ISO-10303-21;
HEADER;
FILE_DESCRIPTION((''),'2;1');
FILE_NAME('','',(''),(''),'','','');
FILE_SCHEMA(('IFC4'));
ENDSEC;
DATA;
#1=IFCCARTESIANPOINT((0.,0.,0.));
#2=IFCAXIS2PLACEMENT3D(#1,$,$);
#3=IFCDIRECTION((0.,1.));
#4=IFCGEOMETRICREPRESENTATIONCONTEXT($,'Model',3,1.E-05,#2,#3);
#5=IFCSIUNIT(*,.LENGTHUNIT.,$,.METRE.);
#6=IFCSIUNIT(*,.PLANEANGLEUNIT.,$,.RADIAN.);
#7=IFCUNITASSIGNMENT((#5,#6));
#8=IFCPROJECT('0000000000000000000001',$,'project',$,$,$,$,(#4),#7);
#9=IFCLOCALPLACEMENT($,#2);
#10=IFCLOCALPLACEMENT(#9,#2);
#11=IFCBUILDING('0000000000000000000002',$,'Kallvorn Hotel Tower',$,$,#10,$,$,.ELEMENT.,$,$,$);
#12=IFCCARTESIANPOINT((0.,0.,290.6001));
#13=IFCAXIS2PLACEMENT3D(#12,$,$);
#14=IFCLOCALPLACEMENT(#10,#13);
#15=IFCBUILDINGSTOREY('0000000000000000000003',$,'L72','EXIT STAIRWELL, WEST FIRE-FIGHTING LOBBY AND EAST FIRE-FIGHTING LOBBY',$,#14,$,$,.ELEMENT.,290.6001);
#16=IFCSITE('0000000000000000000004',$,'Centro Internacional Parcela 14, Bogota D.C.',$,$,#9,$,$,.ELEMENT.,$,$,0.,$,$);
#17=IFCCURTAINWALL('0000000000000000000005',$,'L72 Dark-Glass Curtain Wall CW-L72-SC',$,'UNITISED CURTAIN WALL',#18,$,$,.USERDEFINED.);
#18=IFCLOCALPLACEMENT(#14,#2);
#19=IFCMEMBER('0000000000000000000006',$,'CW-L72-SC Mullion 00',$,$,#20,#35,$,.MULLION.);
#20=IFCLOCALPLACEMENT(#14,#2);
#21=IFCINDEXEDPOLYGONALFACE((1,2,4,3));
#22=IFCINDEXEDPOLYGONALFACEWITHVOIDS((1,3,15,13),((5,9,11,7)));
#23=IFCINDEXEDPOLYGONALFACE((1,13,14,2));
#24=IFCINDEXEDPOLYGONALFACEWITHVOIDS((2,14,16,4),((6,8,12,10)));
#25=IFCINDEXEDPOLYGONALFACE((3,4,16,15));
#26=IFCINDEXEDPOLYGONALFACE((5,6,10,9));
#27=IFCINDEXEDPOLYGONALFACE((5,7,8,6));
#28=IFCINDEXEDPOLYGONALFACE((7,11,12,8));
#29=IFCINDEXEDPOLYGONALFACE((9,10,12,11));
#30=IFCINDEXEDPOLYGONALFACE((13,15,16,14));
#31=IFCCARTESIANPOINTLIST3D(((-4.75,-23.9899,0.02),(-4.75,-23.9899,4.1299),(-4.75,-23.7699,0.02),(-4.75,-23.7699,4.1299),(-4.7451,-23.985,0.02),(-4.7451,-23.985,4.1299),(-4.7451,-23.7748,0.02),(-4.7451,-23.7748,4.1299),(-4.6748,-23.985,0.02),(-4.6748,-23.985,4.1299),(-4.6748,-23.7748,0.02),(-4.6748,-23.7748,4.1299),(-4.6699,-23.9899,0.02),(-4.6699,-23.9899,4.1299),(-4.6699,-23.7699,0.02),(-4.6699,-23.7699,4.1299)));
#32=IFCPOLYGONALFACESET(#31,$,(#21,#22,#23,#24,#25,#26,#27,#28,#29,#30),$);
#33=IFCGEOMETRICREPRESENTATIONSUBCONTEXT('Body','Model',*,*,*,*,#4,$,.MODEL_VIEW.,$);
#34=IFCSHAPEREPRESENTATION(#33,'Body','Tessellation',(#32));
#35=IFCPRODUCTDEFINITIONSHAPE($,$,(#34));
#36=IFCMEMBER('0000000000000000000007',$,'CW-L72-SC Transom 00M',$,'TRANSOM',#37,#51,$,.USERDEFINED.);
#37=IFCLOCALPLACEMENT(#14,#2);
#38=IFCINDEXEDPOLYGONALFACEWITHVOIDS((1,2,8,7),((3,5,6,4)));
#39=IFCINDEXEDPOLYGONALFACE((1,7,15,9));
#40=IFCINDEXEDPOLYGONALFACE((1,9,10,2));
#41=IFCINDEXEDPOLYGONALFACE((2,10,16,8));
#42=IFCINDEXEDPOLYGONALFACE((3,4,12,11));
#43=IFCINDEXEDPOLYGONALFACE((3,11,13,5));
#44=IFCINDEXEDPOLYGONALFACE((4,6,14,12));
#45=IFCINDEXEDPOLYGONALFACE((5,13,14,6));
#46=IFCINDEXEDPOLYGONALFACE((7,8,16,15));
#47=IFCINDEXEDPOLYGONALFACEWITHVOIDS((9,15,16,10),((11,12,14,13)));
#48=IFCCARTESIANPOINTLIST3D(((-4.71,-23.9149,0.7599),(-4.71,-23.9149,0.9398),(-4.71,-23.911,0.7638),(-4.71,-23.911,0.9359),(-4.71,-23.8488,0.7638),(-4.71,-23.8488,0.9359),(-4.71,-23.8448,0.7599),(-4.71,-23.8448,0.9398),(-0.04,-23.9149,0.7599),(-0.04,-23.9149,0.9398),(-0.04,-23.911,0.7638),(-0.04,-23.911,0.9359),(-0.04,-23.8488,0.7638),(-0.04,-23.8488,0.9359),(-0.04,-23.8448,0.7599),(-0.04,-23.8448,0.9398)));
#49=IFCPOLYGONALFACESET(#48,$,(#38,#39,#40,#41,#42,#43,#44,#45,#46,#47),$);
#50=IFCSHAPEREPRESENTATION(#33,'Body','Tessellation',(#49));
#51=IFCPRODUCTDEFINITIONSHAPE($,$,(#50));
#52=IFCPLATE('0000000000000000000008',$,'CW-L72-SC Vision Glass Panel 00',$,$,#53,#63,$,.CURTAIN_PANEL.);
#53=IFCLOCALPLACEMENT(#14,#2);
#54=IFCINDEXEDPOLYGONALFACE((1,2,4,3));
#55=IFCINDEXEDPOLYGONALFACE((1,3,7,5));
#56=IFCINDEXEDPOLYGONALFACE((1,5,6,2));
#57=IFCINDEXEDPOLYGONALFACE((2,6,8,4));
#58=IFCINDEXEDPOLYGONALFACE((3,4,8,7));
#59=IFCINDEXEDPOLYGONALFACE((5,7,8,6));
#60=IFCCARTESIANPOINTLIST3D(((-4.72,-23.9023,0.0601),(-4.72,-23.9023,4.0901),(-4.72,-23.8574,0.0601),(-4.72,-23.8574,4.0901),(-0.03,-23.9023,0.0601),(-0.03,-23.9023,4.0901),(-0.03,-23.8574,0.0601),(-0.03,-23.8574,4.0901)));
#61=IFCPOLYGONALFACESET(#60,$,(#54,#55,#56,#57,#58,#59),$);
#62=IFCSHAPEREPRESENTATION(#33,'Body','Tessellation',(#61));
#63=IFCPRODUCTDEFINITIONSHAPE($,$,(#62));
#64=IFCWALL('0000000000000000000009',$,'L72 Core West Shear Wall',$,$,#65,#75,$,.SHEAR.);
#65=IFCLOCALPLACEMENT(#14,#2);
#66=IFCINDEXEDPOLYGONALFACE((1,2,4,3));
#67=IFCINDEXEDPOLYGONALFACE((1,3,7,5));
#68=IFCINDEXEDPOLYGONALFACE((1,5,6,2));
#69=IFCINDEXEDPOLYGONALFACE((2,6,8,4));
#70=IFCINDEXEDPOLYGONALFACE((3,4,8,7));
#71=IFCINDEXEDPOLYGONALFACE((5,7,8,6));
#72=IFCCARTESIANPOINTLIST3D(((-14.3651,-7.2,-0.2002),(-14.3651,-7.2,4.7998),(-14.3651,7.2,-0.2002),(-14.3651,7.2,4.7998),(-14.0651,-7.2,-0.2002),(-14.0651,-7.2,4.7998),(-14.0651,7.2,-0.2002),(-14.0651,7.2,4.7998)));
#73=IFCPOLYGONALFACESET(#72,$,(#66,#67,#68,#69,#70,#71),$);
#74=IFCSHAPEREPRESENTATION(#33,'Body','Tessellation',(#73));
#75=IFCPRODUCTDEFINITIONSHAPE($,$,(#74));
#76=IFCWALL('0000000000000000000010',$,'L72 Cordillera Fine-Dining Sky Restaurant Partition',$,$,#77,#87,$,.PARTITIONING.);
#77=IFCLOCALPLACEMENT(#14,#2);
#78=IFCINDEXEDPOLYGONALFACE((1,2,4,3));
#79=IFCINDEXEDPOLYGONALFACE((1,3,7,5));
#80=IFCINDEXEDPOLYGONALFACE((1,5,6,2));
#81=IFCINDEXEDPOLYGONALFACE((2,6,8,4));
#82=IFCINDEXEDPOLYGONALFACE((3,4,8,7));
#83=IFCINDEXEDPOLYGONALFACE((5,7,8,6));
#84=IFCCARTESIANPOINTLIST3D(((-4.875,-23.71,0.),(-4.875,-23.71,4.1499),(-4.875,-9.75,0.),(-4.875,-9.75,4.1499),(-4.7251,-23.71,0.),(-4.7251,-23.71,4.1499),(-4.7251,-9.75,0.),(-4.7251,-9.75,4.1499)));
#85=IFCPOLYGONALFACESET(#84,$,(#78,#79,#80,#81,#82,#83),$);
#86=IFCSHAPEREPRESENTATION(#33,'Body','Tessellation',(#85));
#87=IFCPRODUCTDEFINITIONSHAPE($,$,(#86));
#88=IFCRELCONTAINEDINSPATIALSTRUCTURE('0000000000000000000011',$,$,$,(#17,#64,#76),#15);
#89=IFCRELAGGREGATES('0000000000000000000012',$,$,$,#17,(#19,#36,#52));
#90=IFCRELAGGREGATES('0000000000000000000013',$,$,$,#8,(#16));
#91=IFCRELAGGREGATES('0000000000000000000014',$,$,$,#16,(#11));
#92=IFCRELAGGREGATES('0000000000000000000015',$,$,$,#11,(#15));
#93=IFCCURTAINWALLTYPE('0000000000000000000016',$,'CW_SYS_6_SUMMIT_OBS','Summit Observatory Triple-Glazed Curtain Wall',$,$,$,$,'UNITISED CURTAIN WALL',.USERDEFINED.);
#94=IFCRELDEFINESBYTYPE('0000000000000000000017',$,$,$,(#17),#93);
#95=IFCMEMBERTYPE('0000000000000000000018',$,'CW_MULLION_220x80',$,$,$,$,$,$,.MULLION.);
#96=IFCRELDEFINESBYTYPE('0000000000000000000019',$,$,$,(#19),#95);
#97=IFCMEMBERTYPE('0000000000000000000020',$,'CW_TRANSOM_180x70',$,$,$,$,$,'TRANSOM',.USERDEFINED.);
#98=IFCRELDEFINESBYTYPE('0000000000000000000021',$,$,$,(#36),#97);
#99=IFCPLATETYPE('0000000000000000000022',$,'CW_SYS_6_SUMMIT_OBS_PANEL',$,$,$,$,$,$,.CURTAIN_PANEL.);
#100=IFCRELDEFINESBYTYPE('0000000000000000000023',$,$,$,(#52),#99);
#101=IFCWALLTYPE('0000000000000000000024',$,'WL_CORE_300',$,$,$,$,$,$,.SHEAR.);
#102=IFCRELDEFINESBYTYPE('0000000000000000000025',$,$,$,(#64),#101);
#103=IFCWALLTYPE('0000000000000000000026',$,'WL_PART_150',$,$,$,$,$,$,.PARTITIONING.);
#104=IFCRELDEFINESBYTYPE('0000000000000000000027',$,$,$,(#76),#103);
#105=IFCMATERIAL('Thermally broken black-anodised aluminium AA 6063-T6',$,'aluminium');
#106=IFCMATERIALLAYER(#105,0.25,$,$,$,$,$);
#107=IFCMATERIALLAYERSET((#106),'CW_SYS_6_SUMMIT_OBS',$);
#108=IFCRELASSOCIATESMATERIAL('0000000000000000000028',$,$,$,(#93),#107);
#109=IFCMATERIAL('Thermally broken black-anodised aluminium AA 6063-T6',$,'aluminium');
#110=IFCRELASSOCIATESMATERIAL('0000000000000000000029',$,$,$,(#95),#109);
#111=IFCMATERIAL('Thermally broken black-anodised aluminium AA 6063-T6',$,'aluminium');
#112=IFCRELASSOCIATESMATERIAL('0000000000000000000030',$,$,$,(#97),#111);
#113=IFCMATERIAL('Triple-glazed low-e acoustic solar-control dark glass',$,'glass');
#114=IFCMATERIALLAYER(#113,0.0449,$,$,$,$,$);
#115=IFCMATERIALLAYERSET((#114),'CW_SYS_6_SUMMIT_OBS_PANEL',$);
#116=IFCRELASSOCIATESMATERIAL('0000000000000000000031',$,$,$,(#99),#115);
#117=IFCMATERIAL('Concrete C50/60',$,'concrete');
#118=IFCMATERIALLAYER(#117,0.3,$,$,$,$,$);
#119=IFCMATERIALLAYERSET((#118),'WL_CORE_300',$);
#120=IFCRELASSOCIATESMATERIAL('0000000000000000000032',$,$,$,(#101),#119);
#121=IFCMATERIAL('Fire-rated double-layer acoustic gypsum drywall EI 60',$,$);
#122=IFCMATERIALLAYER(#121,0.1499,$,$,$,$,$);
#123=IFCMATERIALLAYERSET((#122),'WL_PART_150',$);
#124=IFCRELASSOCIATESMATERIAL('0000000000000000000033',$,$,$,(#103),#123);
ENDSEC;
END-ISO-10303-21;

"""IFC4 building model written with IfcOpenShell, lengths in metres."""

from ifc_helpers import new_model, si_unit, direction, frame, frame_2d, origin, origin_2d, place, context, subcontext, project, spatial, rectangle, hollow_rectangle, extrude, material, layer, layer_set, material_profile, profile_set, type_object, element, aggregate, save


model = new_model("IFC4")

# Units and contexts
model_context = context("Model", 3, precision=1e-05, world=origin(), true_north=direction((0.0, 1.0)))
body_context = subcontext(model_context, "Body", "Model", "MODEL_VIEW")
ifc_project = project(units=[si_unit("LENGTHUNIT", "METRE"), si_unit("PLANEANGLEUNIT", "RADIAN")], contexts=[model_context])

# Site, building, storey
site_placement = place(None, origin())
site = spatial("IfcSite", under=ifc_project, at=site_placement, Name="Centro Internacional Parcela 14, Bogota D.C.", CompositionType="ELEMENT", RefElevation=0.0)
building_placement = place(site_placement, origin())
building = spatial("IfcBuilding", under=site, at=building_placement, Name="Kallvorn Hotel Tower", CompositionType="ELEMENT")
storey_placement = place(building_placement, frame((0.0, 0.0, 290.6001)))
storey = spatial("IfcBuildingStorey", under=building, at=storey_placement, Name="L72", Description="EXIT STAIRWELL, WEST FIRE-FIGHTING LOBBY AND EAST FIRE-FIGHTING LOBBY", CompositionType="ELEMENT", Elevation=290.6001)

# Curtain wall, members, plate
ifc_material_1 = material(Name="Thermally broken black-anodised aluminium AA 6063-T6", Category="aluminium")
ifc_layer_1 = layer(ifc_material_1, 0.25)
ifc_layer_set_1 = layer_set([ifc_layer_1], Name="CW_SYS_6_SUMMIT_OBS")
curtain_wall_type = type_object("IfcCurtainWallType", Name="CW_SYS_6_SUMMIT_OBS", Description="Summit Observatory Triple-Glazed Curtain Wall", ElementType="UNITISED CURTAIN WALL", PredefinedType="USERDEFINED", material=ifc_layer_set_1)
curtain_wall_placement = place(storey_placement, origin())
curtain_wall = element("IfcCurtainWall", 1, at=curtain_wall_placement, inside=storey, type_object=curtain_wall_type, Name="L72 Dark-Glass Curtain Wall CW-L72-SC", ObjectType="UNITISED CURTAIN WALL", PredefinedType="USERDEFINED")
ifc_material_2 = material(Name="Thermally broken black-anodised aluminium AA 6063-T6", Category="aluminium")
ifc_material_profile_1 = material_profile(ifc_material_2, hollow_rectangle(XDim=0.0801, YDim=0.22, WallThickness=0.0049, at=origin_2d()), Name="MUL 220x80")
ifc_profile_set_1 = profile_set([ifc_material_profile_1], Name="Thermally broken black-anodised aluminium AA 6063-T6")
member_type_1 = type_object("IfcMemberType", Name="CW_MULLION_220x80", PredefinedType="MULLION", material=ifc_profile_set_1)
member_1_placement = place(storey_placement, frame((-4.71, -23.8799, 0.02), z_axis=(0.0, 0.0, 1.0), x_axis=(1.0, 0.0, 0.0)))
member_1 = element("IfcMember", 2, at=member_1_placement, type_object=member_type_1, Name="CW-L72-SC Mullion 00", PredefinedType="MULLION", context=body_context, shape_type="SweptSolid", body=[
    extrude(hollow_rectangle(XDim=0.0801, YDim=0.22, WallThickness=0.0049, at=origin_2d()), origin(), (0.0, 0.0, 1.0), 4.1099),
])
ifc_material_3 = material(Name="Thermally broken black-anodised aluminium AA 6063-T6", Category="aluminium")
ifc_material_profile_2 = material_profile(ifc_material_3, hollow_rectangle(XDim=0.0701, YDim=0.1799, WallThickness=0.0039, at=origin_2d()), Name="TRN 180x70")
ifc_profile_set_2 = profile_set([ifc_material_profile_2], Name="Thermally broken black-anodised aluminium AA 6063-T6")
member_type_2 = type_object("IfcMemberType", Name="CW_TRANSOM_180x70", ElementType="TRANSOM", PredefinedType="USERDEFINED", material=ifc_profile_set_2)
member_2_placement = place(storey_placement, frame((-4.71, -23.8799, 0.8499), z_axis=(1.0, 0.0, 0.0), x_axis=(0.0, 1.0, 0.0)))
member_2 = element("IfcMember", 3, at=member_2_placement, type_object=member_type_2, Name="CW-L72-SC Transom 00M", ObjectType="TRANSOM", PredefinedType="USERDEFINED", context=body_context, shape_type="SweptSolid", body=[
    extrude(hollow_rectangle(XDim=0.0701, YDim=0.1799, WallThickness=0.0039, at=origin_2d()), origin(), (0.0, 0.0, 1.0), 4.6699),
])
ifc_material_4 = material(Name="Triple-glazed low-e acoustic solar-control dark glass", Category="glass")
ifc_layer_2 = layer(ifc_material_4, 0.0449)
ifc_layer_set_2 = layer_set([ifc_layer_2], Name="CW_SYS_6_SUMMIT_OBS_PANEL")
plate_type = type_object("IfcPlateType", Name="CW_SYS_6_SUMMIT_OBS_PANEL", PredefinedType="CURTAIN_PANEL", material=ifc_layer_set_2)
plate_placement = place(storey_placement, frame((-2.375, -23.8799, 0.0601), z_axis=(0.0, 0.0, 1.0), x_axis=(1.0, 0.0, 0.0)))
plate = element("IfcPlate", 4, at=plate_placement, type_object=plate_type, Name="CW-L72-SC Vision Glass Panel 00", PredefinedType="CURTAIN_PANEL", context=body_context, shape_type="SweptSolid", body=[
    extrude(rectangle(XDim=4.6899, YDim=0.0449, at=origin_2d()), origin(), (0.0, 0.0, 1.0), 4.03),
])
aggregate(curtain_wall, [member_1, member_2, plate])

# Walls
ifc_material_5 = material(Name="Concrete C50/60", Category="concrete")
ifc_layer_3 = layer(ifc_material_5, 0.3)
ifc_layer_set_3 = layer_set([ifc_layer_3], Name="WL_CORE_300")
wall_type_1 = type_object("IfcWallType", Name="WL_CORE_300", PredefinedType="SHEAR", material=ifc_layer_set_3)
wall_1_placement = place(storey_placement, frame((-14.2151, -7.2, -0.2002), z_axis=(0.0, 0.0, 1.0), x_axis=(0.0, 1.0, 0.0)))
element("IfcWall", 5, at=wall_1_placement, inside=storey, type_object=wall_type_1, Name="L72 Core West Shear Wall", PredefinedType="SHEAR", context=body_context, shape_type="SweptSolid", body=[
    extrude(rectangle(XDim=14.3999, YDim=0.3, at=frame_2d((7.2, 0.0))), origin(), (0.0, 0.0, 1.0), 5.0),
])
ifc_material_6 = material(Name="Fire-rated double-layer acoustic gypsum drywall EI 60")
ifc_layer_4 = layer(ifc_material_6, 0.1499)
ifc_layer_set_4 = layer_set([ifc_layer_4], Name="WL_PART_150")
wall_type_2 = type_object("IfcWallType", Name="WL_PART_150", PredefinedType="PARTITIONING", material=ifc_layer_set_4)
wall_2_placement = place(storey_placement, frame((-4.8, -23.71, 0.0), z_axis=(0.0, 0.0, 1.0), x_axis=(0.0, 1.0, 0.0)))
element("IfcWall", 6, at=wall_2_placement, inside=storey, type_object=wall_type_2, Name="L72 Cordillera Fine-Dining Sky Restaurant Partition", PredefinedType="PARTITIONING", context=body_context, shape_type="SweptSolid", body=[
    extrude(rectangle(XDim=13.96, YDim=0.1499, at=frame_2d((6.98, 0.0))), origin(), (0.0, 0.0, 1.0), 4.1499),
])

save(model, "model.ifc")
